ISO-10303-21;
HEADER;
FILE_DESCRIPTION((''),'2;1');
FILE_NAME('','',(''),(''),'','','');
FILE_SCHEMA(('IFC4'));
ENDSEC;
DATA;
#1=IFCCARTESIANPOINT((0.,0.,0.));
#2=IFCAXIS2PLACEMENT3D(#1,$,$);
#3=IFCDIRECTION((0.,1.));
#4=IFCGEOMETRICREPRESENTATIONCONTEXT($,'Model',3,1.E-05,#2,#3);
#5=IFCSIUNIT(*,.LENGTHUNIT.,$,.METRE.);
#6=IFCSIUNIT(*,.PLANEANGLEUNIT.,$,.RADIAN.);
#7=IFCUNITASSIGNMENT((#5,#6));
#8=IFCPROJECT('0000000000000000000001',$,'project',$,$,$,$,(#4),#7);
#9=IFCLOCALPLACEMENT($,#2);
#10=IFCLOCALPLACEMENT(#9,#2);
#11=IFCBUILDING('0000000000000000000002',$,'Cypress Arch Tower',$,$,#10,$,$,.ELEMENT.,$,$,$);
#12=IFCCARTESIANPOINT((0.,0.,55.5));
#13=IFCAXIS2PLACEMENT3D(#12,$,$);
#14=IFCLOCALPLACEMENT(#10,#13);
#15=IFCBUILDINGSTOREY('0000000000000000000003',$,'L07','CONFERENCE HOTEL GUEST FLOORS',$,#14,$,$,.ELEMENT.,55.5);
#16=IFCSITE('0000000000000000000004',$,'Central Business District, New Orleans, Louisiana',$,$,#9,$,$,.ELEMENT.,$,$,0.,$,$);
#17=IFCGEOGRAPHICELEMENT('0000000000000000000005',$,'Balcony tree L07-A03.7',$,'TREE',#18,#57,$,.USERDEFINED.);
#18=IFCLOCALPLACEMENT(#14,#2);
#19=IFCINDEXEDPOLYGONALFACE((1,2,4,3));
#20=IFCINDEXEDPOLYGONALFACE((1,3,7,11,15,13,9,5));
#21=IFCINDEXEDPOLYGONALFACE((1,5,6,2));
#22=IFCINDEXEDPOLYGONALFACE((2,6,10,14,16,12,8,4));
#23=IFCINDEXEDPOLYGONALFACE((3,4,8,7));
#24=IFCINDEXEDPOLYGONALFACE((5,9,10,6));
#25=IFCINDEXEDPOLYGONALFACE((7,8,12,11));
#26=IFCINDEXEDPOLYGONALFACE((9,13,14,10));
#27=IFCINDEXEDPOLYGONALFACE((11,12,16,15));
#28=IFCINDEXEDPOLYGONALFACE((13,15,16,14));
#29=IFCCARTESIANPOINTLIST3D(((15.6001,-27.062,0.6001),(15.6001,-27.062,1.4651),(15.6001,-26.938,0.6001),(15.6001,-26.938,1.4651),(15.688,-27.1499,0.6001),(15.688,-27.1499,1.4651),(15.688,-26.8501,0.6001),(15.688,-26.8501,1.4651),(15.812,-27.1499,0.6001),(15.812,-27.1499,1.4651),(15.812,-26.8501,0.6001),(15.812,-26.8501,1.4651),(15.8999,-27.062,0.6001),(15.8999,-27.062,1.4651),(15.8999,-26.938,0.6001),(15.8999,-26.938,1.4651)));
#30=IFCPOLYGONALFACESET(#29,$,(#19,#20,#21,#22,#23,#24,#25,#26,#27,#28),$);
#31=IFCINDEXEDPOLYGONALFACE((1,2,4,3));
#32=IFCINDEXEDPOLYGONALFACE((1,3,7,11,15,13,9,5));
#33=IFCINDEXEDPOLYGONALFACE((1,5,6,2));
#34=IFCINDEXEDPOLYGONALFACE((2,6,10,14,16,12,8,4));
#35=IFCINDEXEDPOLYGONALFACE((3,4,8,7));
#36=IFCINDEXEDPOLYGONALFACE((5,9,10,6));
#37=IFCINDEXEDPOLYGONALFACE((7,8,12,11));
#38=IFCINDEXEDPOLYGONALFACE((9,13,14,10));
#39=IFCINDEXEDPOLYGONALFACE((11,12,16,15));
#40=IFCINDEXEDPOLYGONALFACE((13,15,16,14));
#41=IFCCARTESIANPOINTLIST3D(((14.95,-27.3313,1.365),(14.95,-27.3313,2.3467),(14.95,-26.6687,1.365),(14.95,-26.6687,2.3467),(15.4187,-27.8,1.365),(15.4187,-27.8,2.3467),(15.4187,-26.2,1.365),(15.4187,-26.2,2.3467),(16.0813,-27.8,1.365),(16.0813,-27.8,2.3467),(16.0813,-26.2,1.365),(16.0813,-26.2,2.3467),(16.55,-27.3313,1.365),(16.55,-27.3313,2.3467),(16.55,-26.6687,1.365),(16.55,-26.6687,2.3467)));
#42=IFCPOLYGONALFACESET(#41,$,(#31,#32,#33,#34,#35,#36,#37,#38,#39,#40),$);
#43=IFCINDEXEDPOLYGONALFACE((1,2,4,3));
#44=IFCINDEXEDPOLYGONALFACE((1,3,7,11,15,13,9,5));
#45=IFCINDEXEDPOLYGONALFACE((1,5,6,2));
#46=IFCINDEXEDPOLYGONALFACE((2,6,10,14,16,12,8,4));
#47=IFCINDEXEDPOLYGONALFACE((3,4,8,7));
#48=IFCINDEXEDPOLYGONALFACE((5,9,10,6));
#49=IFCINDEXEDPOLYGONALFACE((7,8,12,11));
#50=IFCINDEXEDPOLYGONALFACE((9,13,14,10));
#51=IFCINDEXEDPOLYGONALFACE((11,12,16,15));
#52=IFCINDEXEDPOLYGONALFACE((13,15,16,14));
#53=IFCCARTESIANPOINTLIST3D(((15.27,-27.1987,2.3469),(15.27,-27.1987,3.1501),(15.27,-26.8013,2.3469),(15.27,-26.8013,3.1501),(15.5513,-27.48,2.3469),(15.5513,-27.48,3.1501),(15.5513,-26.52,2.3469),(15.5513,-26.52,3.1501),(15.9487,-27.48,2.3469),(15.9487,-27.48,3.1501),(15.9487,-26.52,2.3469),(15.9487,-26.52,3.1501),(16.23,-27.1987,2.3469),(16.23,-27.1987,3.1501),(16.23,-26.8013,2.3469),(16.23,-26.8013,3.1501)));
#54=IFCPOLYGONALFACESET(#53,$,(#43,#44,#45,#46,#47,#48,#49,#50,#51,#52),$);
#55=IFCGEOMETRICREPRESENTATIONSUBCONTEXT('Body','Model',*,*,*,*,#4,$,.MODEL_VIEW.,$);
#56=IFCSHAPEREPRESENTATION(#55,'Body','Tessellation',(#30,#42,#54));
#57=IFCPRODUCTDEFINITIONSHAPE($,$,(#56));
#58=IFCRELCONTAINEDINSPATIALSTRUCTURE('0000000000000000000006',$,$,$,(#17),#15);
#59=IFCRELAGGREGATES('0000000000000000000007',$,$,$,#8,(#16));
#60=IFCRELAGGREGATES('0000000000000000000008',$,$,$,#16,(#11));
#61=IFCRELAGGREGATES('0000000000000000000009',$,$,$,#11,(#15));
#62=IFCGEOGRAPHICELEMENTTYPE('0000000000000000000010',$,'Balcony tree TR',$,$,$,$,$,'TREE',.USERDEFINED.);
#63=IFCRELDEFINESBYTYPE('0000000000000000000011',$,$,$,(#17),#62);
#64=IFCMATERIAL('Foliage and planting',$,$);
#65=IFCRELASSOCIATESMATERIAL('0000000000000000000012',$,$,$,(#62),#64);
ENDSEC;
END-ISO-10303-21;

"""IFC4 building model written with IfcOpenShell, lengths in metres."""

from ifc_helpers import new_model, si_unit, direction, frame, origin, place, context, subcontext, project, spatial, polyline, outline, extrude, material, type_object, element, save


model = new_model("IFC4")

# Units and contexts
model_context = context("Model", 3, precision=1e-05, world=origin(), true_north=direction((0.0, 1.0)))
body_context = subcontext(model_context, "Body", "Model", "MODEL_VIEW")
ifc_project = project(units=[si_unit("LENGTHUNIT", "METRE"), si_unit("PLANEANGLEUNIT", "RADIAN")], contexts=[model_context])

# Site, building, storey
site_placement = place(None, origin())
site = spatial("IfcSite", under=ifc_project, at=site_placement, Name="Central Business District, New Orleans, Louisiana", CompositionType="ELEMENT", RefElevation=0.0)
building_placement = place(site_placement, origin())
building = spatial("IfcBuilding", under=site, at=building_placement, Name="Cypress Arch Tower", CompositionType="ELEMENT")
storey_placement = place(building_placement, frame((0.0, 0.0, 55.5)))
storey = spatial("IfcBuildingStorey", under=building, at=storey_placement, Name="L07", Description="CONFERENCE HOTEL GUEST FLOORS", CompositionType="ELEMENT", Elevation=55.5)

# Geographic element
ifc_material_1 = material(Name="Foliage and planting")
geographic_element_type = type_object("IfcGeographicElementType", Name="Balcony tree TR", ElementType="TREE", PredefinedType="USERDEFINED", material=ifc_material_1)
geographic_element_placement = place(storey_placement, frame((15.75, -27.0, 0.6001), z_axis=(0.0, 0.0, 1.0), x_axis=(1.0, 0.0, 0.0)))
element("IfcGeographicElement", 1, at=geographic_element_placement, inside=storey, type_object=geographic_element_type, Name="Balcony tree L07-A03.7", ObjectType="TREE", PredefinedType="USERDEFINED", context=body_context, shape_type="SweptSolid", body=[
    extrude(outline(polyline([(0.1499, 0.062), (0.062, 0.1499), (-0.062, 0.1499), (-0.1499, 0.062), (-0.1499, -0.062), (-0.062, -0.1499), (0.062, -0.1499), (0.1499, -0.062), (0.1499, 0.062)])), origin(), (0.0, 0.0, 1.0), 0.865),
    extrude(outline(polyline([(0.8, 0.3313), (0.3313, 0.8), (-0.3313, 0.8), (-0.8, 0.3313), (-0.8, -0.3313), (-0.3313, -0.8), (0.3313, -0.8), (0.8, -0.3313), (0.8, 0.3313)])), frame((0.0, 0.0, 0.7649)), (0.0, 0.0, 1.0), 0.9817),
    extrude(outline(polyline([(0.48, 0.1987), (0.1987, 0.48), (-0.1987, 0.48), (-0.48, 0.1987), (-0.48, -0.1987), (-0.1987, -0.48), (0.1987, -0.48), (0.48, -0.1987), (0.48, 0.1987)])), frame((0.0, 0.0, 1.7468)), (0.0, 0.0, 1.0), 0.8032),
])

save(model, "model.ifc")
